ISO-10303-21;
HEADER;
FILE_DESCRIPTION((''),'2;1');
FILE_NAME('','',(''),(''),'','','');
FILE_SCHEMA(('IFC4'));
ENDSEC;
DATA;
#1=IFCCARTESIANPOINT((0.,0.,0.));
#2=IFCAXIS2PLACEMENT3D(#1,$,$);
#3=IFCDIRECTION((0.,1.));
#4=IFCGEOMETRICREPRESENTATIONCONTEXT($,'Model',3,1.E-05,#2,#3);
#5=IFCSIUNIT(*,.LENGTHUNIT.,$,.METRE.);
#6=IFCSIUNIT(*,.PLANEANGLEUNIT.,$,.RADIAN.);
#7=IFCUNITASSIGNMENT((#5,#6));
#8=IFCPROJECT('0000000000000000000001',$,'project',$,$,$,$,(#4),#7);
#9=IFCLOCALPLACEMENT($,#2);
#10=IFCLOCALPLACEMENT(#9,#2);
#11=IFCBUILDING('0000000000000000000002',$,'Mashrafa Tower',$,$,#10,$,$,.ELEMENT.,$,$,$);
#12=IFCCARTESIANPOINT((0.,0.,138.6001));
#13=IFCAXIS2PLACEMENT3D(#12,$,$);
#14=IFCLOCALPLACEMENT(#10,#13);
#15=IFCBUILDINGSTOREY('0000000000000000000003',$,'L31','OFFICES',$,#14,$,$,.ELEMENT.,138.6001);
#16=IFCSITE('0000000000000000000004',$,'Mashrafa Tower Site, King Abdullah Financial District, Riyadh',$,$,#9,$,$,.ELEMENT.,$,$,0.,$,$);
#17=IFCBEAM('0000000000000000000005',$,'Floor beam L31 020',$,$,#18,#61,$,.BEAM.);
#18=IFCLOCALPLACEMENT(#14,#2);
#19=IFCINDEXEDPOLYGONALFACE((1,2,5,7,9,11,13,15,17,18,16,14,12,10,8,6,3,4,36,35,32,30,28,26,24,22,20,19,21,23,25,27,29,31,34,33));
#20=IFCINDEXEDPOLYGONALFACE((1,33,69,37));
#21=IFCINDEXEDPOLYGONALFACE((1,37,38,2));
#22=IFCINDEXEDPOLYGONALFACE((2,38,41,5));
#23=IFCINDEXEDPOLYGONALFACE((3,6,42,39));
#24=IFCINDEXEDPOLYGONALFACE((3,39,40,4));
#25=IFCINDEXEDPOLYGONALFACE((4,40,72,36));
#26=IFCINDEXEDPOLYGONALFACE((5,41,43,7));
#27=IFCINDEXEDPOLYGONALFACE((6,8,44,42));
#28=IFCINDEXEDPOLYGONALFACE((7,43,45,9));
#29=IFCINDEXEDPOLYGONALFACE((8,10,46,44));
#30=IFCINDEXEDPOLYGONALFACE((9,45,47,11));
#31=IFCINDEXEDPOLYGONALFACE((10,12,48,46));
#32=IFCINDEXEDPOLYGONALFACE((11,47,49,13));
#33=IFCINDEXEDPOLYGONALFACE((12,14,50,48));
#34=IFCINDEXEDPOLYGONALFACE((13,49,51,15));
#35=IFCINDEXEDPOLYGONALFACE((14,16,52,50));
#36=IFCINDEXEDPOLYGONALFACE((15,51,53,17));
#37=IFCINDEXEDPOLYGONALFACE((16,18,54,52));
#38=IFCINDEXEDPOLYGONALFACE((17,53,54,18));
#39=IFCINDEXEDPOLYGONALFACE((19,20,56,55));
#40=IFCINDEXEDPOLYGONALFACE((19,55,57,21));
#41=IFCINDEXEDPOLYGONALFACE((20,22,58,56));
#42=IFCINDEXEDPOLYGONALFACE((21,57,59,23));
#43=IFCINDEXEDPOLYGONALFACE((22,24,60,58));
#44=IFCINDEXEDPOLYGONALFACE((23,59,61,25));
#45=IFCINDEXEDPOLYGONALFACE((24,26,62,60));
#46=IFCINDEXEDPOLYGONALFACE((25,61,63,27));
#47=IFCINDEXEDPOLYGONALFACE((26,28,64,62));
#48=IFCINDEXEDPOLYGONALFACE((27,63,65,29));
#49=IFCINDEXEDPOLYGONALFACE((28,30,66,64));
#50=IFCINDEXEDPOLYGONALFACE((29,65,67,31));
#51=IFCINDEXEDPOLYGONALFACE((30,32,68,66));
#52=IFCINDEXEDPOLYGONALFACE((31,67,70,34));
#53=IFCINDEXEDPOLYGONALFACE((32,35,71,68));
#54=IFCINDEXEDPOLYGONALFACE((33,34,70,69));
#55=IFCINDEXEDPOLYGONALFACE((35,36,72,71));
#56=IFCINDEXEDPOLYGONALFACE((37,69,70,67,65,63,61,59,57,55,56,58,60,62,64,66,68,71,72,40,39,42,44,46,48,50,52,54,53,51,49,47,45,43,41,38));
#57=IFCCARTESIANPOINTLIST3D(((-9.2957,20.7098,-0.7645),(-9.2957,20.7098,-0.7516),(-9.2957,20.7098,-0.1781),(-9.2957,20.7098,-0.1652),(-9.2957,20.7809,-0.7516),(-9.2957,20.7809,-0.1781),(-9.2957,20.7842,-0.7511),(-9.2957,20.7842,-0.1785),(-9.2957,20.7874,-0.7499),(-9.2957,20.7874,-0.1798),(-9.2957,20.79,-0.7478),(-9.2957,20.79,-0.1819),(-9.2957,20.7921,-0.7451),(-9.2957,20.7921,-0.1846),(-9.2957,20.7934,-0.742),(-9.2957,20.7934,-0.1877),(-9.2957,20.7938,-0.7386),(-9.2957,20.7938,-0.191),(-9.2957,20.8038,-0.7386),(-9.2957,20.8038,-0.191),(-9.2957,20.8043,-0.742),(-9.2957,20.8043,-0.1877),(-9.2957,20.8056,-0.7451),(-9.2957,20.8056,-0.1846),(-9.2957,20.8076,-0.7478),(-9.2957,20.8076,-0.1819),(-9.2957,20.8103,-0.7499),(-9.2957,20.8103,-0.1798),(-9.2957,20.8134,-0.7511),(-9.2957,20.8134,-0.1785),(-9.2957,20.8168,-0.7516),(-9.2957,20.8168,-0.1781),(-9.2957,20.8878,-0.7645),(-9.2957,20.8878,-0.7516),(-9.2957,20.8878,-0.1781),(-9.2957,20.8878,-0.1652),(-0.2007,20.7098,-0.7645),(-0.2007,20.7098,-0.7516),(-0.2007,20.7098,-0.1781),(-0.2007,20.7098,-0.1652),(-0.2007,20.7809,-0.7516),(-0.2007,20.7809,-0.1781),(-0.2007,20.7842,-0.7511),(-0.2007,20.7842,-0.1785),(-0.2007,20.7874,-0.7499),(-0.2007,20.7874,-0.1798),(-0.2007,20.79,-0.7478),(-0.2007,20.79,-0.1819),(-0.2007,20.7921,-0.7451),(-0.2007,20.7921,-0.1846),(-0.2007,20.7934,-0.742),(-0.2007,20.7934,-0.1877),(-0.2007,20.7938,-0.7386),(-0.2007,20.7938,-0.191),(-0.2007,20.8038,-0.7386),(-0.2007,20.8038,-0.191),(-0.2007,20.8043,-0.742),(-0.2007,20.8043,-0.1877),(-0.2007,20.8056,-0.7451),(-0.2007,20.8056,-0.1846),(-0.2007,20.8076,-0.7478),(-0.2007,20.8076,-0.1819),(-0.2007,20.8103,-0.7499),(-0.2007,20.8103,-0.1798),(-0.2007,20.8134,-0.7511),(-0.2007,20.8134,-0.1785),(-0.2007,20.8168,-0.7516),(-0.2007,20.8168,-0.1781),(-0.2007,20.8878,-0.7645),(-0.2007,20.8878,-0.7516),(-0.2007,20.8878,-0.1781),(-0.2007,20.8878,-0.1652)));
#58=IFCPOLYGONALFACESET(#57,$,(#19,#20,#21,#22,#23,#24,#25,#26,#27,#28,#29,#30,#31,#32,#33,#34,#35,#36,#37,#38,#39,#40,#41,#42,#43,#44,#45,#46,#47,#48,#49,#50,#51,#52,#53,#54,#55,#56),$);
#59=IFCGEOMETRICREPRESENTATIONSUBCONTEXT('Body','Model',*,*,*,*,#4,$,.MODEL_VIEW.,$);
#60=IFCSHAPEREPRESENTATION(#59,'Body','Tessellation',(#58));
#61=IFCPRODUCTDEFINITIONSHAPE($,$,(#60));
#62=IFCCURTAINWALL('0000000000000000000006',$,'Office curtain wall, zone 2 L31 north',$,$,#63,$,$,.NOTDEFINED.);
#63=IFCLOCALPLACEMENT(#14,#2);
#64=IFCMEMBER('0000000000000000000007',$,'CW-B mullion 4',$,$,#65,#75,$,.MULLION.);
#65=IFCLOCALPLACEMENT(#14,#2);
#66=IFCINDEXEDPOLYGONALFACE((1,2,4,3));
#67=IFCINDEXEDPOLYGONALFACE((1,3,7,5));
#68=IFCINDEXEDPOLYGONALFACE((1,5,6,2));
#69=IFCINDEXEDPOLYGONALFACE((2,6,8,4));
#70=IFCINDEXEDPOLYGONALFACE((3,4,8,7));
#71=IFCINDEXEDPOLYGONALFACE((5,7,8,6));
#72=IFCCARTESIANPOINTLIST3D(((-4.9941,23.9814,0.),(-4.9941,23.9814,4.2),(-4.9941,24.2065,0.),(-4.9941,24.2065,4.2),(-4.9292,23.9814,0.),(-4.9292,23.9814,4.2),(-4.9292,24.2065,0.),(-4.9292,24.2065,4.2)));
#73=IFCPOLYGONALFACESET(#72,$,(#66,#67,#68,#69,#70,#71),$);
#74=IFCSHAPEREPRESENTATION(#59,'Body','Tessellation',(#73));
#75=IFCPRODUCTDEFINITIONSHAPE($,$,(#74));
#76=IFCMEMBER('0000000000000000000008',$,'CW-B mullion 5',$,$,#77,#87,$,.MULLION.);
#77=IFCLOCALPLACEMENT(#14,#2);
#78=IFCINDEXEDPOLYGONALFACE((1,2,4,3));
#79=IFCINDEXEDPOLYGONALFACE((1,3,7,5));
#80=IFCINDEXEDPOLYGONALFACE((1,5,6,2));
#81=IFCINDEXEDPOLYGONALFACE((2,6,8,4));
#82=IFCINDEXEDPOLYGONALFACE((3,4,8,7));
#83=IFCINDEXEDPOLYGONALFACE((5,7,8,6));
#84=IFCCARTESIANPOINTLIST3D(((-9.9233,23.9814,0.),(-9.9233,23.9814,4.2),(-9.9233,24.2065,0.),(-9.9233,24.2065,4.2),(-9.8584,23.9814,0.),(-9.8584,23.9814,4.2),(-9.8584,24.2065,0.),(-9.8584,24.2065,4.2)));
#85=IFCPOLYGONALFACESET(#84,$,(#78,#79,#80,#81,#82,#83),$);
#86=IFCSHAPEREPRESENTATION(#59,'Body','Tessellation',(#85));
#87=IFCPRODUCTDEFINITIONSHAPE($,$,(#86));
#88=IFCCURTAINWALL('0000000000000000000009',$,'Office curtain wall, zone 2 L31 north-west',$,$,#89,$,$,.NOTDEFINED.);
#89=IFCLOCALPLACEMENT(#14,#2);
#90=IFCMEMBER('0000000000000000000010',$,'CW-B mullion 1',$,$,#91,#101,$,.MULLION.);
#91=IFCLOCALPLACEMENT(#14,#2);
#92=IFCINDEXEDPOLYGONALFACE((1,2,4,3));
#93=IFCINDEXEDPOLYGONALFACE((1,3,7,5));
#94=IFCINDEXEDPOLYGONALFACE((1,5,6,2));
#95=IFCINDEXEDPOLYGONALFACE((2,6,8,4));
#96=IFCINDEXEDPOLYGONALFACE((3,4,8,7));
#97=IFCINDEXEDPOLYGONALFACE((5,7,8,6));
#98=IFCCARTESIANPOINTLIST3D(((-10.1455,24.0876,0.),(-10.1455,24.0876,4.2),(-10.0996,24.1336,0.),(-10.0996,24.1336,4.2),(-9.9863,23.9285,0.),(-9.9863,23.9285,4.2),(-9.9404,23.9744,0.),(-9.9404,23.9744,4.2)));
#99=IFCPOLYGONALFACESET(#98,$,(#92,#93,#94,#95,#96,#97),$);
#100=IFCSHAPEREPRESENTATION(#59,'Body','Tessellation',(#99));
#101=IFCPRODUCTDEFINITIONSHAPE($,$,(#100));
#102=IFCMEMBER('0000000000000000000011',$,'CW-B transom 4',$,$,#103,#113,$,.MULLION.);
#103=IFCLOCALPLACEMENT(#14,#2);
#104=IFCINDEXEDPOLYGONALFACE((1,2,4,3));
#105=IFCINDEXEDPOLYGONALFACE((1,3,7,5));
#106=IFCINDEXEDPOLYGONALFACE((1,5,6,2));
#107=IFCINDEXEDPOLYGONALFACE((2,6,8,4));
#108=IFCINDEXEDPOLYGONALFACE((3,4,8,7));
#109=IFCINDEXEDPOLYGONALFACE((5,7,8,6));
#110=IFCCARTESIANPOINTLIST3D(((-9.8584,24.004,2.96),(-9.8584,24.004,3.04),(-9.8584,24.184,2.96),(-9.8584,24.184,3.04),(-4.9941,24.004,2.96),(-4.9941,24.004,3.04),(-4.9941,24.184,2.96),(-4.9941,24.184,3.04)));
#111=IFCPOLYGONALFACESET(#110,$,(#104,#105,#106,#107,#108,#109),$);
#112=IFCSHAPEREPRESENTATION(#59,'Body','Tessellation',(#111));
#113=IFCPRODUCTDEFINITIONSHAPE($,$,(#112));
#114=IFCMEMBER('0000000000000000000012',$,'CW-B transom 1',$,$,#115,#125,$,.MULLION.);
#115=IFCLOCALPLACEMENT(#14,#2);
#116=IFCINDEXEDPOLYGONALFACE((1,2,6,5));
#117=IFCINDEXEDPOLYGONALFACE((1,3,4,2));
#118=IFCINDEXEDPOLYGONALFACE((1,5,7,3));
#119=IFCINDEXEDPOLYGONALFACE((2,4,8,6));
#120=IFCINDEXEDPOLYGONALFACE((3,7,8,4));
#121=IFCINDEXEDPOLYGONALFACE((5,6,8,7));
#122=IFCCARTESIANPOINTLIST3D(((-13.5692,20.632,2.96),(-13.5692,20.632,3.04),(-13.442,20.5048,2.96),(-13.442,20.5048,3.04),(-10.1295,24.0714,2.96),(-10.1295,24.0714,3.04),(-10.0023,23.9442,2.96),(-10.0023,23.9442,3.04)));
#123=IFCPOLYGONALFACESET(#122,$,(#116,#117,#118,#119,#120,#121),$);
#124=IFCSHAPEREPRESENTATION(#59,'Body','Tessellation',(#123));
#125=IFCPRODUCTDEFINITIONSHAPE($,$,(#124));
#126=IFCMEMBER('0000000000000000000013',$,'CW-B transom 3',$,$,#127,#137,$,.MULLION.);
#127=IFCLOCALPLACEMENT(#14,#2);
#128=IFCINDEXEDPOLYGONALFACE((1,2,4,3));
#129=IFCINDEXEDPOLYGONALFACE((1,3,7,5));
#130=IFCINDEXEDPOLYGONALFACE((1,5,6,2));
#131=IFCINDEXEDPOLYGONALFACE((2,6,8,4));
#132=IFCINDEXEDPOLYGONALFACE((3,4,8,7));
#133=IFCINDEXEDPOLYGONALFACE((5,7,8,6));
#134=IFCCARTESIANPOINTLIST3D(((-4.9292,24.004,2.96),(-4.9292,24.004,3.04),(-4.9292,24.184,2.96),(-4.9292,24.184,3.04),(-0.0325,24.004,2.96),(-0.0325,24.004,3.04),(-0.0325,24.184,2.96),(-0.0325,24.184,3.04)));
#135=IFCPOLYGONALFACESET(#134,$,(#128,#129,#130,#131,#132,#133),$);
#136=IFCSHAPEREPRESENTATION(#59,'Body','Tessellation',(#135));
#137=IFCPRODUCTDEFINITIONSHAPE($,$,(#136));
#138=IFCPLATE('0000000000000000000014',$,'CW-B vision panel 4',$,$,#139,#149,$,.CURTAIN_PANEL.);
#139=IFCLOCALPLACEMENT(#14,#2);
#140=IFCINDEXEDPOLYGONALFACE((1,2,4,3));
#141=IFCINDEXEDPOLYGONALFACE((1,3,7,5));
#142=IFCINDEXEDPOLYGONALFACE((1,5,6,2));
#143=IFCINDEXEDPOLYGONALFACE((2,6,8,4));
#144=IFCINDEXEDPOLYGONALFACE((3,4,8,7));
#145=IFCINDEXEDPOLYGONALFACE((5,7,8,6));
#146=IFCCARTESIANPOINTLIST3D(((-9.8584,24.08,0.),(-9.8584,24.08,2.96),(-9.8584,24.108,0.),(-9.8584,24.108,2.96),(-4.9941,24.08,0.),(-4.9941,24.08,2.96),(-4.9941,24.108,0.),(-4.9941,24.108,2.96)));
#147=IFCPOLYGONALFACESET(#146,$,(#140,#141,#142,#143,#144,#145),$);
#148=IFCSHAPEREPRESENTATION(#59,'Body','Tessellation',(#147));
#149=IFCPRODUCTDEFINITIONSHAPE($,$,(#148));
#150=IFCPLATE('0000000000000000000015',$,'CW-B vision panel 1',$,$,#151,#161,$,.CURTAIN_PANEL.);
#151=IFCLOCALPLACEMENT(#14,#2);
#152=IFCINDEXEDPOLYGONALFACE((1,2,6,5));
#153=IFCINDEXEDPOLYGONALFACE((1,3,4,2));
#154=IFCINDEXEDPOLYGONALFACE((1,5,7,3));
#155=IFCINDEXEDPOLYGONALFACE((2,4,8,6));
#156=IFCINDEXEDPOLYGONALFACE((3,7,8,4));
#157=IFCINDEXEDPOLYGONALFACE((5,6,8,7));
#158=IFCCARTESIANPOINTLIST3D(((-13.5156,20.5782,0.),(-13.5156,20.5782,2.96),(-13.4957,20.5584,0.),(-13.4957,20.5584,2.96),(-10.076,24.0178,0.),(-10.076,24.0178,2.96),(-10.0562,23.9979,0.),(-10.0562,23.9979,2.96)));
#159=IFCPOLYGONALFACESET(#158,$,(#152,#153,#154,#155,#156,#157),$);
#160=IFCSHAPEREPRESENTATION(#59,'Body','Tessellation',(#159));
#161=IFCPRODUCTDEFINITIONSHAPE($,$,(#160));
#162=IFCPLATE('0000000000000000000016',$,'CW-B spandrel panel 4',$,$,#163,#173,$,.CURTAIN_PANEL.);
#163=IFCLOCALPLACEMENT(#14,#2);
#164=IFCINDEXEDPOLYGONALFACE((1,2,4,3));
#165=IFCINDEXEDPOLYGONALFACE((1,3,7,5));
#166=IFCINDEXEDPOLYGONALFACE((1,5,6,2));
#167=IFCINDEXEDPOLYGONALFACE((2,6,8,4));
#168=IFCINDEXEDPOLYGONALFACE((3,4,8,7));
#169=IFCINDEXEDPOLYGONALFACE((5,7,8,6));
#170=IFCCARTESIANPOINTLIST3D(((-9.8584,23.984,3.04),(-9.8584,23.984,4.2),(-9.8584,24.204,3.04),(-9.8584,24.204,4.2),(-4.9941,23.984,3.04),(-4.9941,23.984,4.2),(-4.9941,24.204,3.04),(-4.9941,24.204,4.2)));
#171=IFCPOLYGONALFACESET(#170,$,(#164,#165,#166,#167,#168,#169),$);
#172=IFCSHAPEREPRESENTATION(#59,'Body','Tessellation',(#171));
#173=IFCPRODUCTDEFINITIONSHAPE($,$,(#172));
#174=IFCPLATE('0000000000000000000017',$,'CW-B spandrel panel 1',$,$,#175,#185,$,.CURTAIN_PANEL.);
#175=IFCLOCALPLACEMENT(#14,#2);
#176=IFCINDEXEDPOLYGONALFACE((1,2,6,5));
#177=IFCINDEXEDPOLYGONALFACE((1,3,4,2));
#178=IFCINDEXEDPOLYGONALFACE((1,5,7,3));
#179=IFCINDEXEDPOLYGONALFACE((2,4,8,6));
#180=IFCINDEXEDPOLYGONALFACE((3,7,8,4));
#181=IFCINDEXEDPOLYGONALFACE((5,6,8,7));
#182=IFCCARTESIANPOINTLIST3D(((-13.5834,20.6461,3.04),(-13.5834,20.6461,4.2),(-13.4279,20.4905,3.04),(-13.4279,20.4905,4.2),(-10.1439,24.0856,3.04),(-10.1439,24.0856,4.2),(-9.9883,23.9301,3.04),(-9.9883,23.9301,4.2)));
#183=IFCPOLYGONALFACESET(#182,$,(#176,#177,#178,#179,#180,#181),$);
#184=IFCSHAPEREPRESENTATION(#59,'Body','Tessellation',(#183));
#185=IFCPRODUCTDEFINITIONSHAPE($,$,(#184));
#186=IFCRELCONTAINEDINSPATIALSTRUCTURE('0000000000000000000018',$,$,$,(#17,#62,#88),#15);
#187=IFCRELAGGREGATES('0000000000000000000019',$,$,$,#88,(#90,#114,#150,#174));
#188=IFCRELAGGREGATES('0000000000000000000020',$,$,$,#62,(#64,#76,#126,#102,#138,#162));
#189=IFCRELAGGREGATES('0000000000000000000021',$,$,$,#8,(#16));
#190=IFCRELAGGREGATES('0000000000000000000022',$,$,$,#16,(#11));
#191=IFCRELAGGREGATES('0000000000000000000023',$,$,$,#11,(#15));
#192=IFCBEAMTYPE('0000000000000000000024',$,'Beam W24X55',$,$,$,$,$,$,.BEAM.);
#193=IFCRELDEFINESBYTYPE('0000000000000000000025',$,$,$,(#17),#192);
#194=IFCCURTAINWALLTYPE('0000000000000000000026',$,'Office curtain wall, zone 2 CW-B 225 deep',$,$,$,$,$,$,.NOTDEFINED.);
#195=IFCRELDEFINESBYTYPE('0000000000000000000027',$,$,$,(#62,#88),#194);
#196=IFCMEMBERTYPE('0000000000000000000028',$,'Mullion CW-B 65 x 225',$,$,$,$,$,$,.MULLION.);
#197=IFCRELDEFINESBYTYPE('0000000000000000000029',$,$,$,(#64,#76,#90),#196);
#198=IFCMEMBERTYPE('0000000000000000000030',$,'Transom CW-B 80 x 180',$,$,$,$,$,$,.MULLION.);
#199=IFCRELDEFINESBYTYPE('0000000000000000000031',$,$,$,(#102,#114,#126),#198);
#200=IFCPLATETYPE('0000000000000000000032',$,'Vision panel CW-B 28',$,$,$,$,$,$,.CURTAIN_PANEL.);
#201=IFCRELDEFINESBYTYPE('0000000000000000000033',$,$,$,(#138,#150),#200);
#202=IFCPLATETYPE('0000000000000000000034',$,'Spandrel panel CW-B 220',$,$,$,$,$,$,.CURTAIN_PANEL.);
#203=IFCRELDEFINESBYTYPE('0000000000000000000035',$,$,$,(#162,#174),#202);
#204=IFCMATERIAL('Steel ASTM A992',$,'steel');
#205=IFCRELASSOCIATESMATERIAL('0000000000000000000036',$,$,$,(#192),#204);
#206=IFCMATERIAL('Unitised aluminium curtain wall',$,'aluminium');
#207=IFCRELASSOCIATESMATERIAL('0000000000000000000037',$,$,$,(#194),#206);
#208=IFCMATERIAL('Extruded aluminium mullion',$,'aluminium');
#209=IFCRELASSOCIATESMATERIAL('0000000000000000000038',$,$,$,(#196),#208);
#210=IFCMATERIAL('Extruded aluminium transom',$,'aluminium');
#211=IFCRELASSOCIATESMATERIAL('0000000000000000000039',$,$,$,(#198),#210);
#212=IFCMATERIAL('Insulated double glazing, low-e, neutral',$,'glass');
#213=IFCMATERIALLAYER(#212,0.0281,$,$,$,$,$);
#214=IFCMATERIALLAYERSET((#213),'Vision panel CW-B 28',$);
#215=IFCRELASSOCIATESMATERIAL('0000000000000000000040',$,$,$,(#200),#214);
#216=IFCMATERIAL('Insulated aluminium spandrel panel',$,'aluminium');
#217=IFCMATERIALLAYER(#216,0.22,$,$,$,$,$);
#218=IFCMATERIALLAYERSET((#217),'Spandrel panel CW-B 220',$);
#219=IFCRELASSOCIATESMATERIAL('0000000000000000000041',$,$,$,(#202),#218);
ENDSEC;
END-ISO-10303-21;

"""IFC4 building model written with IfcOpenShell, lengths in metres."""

from ifc_helpers import new_model, si_unit, direction, frame, origin, origin_2d, place, context, subcontext, project, spatial, rectangle, i_section, extrude, source, transform, mapped, material, layer, layer_set, material_profile, profile_set, type_object, type_shapes, element, aggregate, save


model = new_model("IFC4")

# Units and contexts
model_context = context("Model", 3, precision=1e-05, world=origin(), true_north=direction((0.0, 1.0)))
body_context = subcontext(model_context, "Body", "Model", "MODEL_VIEW")
ifc_project = project(units=[si_unit("LENGTHUNIT", "METRE"), si_unit("PLANEANGLEUNIT", "RADIAN")], contexts=[model_context])

# Site, building, storey
site_placement = place(None, origin())
site = spatial("IfcSite", under=ifc_project, at=site_placement, Name="Mashrafa Tower Site, King Abdullah Financial District, Riyadh", CompositionType="ELEMENT", RefElevation=0.0)
building_placement = place(site_placement, origin())
building = spatial("IfcBuilding", under=site, at=building_placement, Name="Mashrafa Tower", CompositionType="ELEMENT")
storey_placement = place(building_placement, frame((0.0, 0.0, 138.6001)))
storey = spatial("IfcBuildingStorey", under=building, at=storey_placement, Name="L31", Description="OFFICES", CompositionType="ELEMENT", Elevation=138.6001)

# Beam
ifc_material_1 = material(Name="Steel ASTM A992", Category="steel")
ifc_material_profile_1 = material_profile(ifc_material_1, i_section(OverallWidth=0.178, OverallDepth=0.5994, WebThickness=0.01, FlangeThickness=0.0129, FilletRadius=0.0129, at=origin_2d()), Name="W24X55")
ifc_profile_set_1 = profile_set([ifc_material_profile_1], Name="Steel ASTM A992")
beam_type_1 = type_object("IfcBeamType", Name="Beam W24X55", PredefinedType="BEAM", material=ifc_profile_set_1)
beam_1_placement = place(storey_placement, frame((-9.2957, 20.7988, -0.4648), z_axis=(1.0, 0.0, 0.0), x_axis=(0.0, 1.0, 0.0)))
element("IfcBeam", 1, at=beam_1_placement, inside=storey, type_object=beam_type_1, Name="Floor beam L31 020", PredefinedType="BEAM", context=body_context, shape_type="SweptSolid", body=[
    extrude(i_section(OverallWidth=0.178, OverallDepth=0.5994, WebThickness=0.01, FlangeThickness=0.0129, FilletRadius=0.0129, at=origin_2d()), origin(), (0.0, 0.0, 1.0), 9.095),
])

# Curtain wall, members
ifc_material_2 = material(Name="Unitised aluminium curtain wall", Category="aluminium")
curtain_wall_type = type_object("IfcCurtainWallType", Name="Office curtain wall, zone 2 CW-B 225 deep", PredefinedType="NOTDEFINED", material=ifc_material_2)
curtain_wall_1_placement = place(storey_placement, origin())
curtain_wall_1 = element("IfcCurtainWall", 2, at=curtain_wall_1_placement, inside=storey, type_object=curtain_wall_type, Name="Office curtain wall, zone 2 L31 north", PredefinedType="NOTDEFINED")
ifc_material_3 = material(Name="Extruded aluminium mullion", Category="aluminium")
ifc_material_profile_2 = material_profile(ifc_material_3, rectangle(XDim=0.2251, YDim=0.0649, at=origin_2d()), Name="Mullion 65x225")
ifc_profile_set_2 = profile_set([ifc_material_profile_2], Name="Extruded aluminium mullion")
member_type_1 = type_object("IfcMemberType", Name="Mullion CW-B 65 x 225", PredefinedType="MULLION", material=ifc_profile_set_2)
shared_shape_1 = source(origin(), body_context, "Body", "SweptSolid", [
    extrude(rectangle(XDim=0.2251, YDim=0.0649, at=origin_2d()), origin(), (0.0, 0.0, 1.0), 4.2),
])
type_shapes(member_type_1, [shared_shape_1])
member_1_placement = place(storey_placement, frame((-4.9617, 24.094, 0.0), z_axis=(0.0, 0.0, 1.0), x_axis=(0.0, -1.0, 0.0)))
member_1 = element("IfcMember", 3, at=member_1_placement, type_object=member_type_1, Name="CW-B mullion 4", PredefinedType="MULLION", context=body_context, shape_type="MappedRepresentation", body=[
    mapped(shared_shape_1, transform((0.0, 0.0, 0.0))),
])
member_2_placement = place(storey_placement, frame((-9.8909, 24.094, 0.0), z_axis=(0.0, 0.0, 1.0), x_axis=(0.0, -1.0, 0.0)))
member_2 = element("IfcMember", 4, at=member_2_placement, type_object=member_type_1, Name="CW-B mullion 5", PredefinedType="MULLION", context=body_context, shape_type="MappedRepresentation", body=[
    mapped(shared_shape_1, transform((0.0, 0.0, 0.0))),
])

# Curtain wall, member
curtain_wall_2_placement = place(storey_placement, origin())
curtain_wall_2 = element("IfcCurtainWall", 5, at=curtain_wall_2_placement, inside=storey, type_object=curtain_wall_type, Name="Office curtain wall, zone 2 L31 north-west", PredefinedType="NOTDEFINED")
member_3_placement = place(storey_placement, frame((-10.043, 24.031, 0.0), z_axis=(0.0, 0.0, 1.0), x_axis=(0.707107, -0.707107, 0.0)))
member_3 = element("IfcMember", 6, at=member_3_placement, type_object=member_type_1, Name="CW-B mullion 1", PredefinedType="MULLION", context=body_context, shape_type="MappedRepresentation", body=[
    mapped(shared_shape_1, transform((0.0, 0.0, 0.0))),
])

# Members
ifc_material_4 = material(Name="Extruded aluminium transom", Category="aluminium")
ifc_material_profile_3 = material_profile(ifc_material_4, rectangle(XDim=0.1799, YDim=0.0801, at=origin_2d()), Name="Transom 80x180")
ifc_profile_set_3 = profile_set([ifc_material_profile_3], Name="Extruded aluminium transom")
member_type_2 = type_object("IfcMemberType", Name="Transom CW-B 80 x 180", PredefinedType="MULLION", material=ifc_profile_set_3)
shared_shape_2 = source(origin(), body_context, "Body", "SweptSolid", [
    extrude(rectangle(XDim=0.1799, YDim=0.0801, at=origin_2d()), origin(), (0.0, 0.0, 1.0), 4.8643),
])
member_4_placement = place(storey_placement, frame((-4.9941, 24.094, 3.0), z_axis=(-1.0, 0.0, 0.0), x_axis=(0.0, -1.0, 0.0)))
member_4 = element("IfcMember", 7, at=member_4_placement, type_object=member_type_2, Name="CW-B transom 4", PredefinedType="MULLION", context=body_context, shape_type="MappedRepresentation", body=[
    mapped(shared_shape_2, transform((0.0, 0.0, 0.0))),
])
member_5_placement = place(storey_placement, frame((-10.0659, 24.0078, 3.0), z_axis=(-0.707132, -0.707082, 0.0), x_axis=(0.707082, -0.707132, 0.0)))
member_5 = element("IfcMember", 8, at=member_5_placement, type_object=member_type_2, Name="CW-B transom 1", PredefinedType="MULLION", context=body_context, shape_type="MappedRepresentation", body=[
    mapped(shared_shape_2, transform((0.0, 0.0, 0.0))),
])
shared_shape_3 = source(origin(), body_context, "Body", "SweptSolid", [
    extrude(rectangle(XDim=0.1799, YDim=0.0801, at=origin_2d()), origin(), (0.0, 0.0, 1.0), 4.8967),
])
type_shapes(member_type_2, [shared_shape_2, shared_shape_3])
member_6_placement = place(storey_placement, frame((-0.0325, 24.094, 3.0), z_axis=(-1.0, 0.0, 0.0), x_axis=(0.0, -1.0, 0.0)))
member_6 = element("IfcMember", 9, at=member_6_placement, type_object=member_type_2, Name="CW-B transom 3", PredefinedType="MULLION", context=body_context, shape_type="MappedRepresentation", body=[
    mapped(shared_shape_3, transform((0.0, 0.0, 0.0))),
])

# Plates
ifc_material_5 = material(Name="Insulated double glazing, low-e, neutral", Category="glass")
ifc_layer_1 = layer(ifc_material_5, 0.0281)
ifc_layer_set_1 = layer_set([ifc_layer_1], Name="Vision panel CW-B 28")
plate_type_1 = type_object("IfcPlateType", Name="Vision panel CW-B 28", PredefinedType="CURTAIN_PANEL", material=ifc_layer_set_1)
shared_shape_4 = source(origin(), body_context, "Body", "SweptSolid", [
    extrude(rectangle(XDim=4.8643, YDim=0.0281, at=origin_2d()), origin(), (0.0, 0.0, 1.0), 2.96),
])
plate_1_placement = place(storey_placement, frame((-7.4263, 24.094, 0.0), z_axis=(0.0, 0.0, 1.0), x_axis=(-1.0, 0.0, 0.0)))
plate_1 = element("IfcPlate", 10, at=plate_1_placement, type_object=plate_type_1, Name="CW-B vision panel 4", PredefinedType="CURTAIN_PANEL", context=body_context, shape_type="MappedRepresentation", body=[
    mapped(shared_shape_4, transform((0.0, 0.0, 0.0))),
])
plate_2_placement = place(storey_placement, frame((-11.7859, 22.2881, 0.0), z_axis=(0.0, 0.0, 1.0), x_axis=(-0.707107, -0.707107, 0.0)))
plate_2 = element("IfcPlate", 11, at=plate_2_placement, type_object=plate_type_1, Name="CW-B vision panel 1", PredefinedType="CURTAIN_PANEL", context=body_context, shape_type="MappedRepresentation", body=[
    mapped(shared_shape_4, transform((0.0, 0.0, 0.0))),
])
ifc_material_6 = material(Name="Insulated aluminium spandrel panel", Category="aluminium")
ifc_layer_2 = layer(ifc_material_6, 0.22)
ifc_layer_set_2 = layer_set([ifc_layer_2], Name="Spandrel panel CW-B 220")
plate_type_2 = type_object("IfcPlateType", Name="Spandrel panel CW-B 220", PredefinedType="CURTAIN_PANEL", material=ifc_layer_set_2)
shared_shape_5 = source(origin(), body_context, "Body", "SweptSolid", [
    extrude(rectangle(XDim=4.8643, YDim=0.22, at=origin_2d()), origin(), (0.0, 0.0, 1.0), 1.1599),
])
plate_3_placement = place(storey_placement, frame((-7.4263, 24.094, 3.04), z_axis=(0.0, 0.0, 1.0), x_axis=(-1.0, 0.0, 0.0)))
plate_3 = element("IfcPlate", 12, at=plate_3_placement, type_object=plate_type_2, Name="CW-B spandrel panel 4", PredefinedType="CURTAIN_PANEL", context=body_context, shape_type="MappedRepresentation", body=[
    mapped(shared_shape_5, transform((0.0, 0.0, 0.0))),
])
plate_4_placement = place(storey_placement, frame((-11.7859, 22.2881, 3.04), z_axis=(0.0, 0.0, 1.0), x_axis=(-0.707107, -0.707107, 0.0)))
plate_4 = element("IfcPlate", 13, at=plate_4_placement, type_object=plate_type_2, Name="CW-B spandrel panel 1", PredefinedType="CURTAIN_PANEL", context=body_context, shape_type="MappedRepresentation", body=[
    mapped(shared_shape_5, transform((0.0, 0.0, 0.0))),
])
aggregate(curtain_wall_2, [member_3, member_5, plate_2, plate_4])
aggregate(curtain_wall_1, [member_1, member_2, member_6, member_4, plate_1, plate_3])

save(model, "model.ifc")
